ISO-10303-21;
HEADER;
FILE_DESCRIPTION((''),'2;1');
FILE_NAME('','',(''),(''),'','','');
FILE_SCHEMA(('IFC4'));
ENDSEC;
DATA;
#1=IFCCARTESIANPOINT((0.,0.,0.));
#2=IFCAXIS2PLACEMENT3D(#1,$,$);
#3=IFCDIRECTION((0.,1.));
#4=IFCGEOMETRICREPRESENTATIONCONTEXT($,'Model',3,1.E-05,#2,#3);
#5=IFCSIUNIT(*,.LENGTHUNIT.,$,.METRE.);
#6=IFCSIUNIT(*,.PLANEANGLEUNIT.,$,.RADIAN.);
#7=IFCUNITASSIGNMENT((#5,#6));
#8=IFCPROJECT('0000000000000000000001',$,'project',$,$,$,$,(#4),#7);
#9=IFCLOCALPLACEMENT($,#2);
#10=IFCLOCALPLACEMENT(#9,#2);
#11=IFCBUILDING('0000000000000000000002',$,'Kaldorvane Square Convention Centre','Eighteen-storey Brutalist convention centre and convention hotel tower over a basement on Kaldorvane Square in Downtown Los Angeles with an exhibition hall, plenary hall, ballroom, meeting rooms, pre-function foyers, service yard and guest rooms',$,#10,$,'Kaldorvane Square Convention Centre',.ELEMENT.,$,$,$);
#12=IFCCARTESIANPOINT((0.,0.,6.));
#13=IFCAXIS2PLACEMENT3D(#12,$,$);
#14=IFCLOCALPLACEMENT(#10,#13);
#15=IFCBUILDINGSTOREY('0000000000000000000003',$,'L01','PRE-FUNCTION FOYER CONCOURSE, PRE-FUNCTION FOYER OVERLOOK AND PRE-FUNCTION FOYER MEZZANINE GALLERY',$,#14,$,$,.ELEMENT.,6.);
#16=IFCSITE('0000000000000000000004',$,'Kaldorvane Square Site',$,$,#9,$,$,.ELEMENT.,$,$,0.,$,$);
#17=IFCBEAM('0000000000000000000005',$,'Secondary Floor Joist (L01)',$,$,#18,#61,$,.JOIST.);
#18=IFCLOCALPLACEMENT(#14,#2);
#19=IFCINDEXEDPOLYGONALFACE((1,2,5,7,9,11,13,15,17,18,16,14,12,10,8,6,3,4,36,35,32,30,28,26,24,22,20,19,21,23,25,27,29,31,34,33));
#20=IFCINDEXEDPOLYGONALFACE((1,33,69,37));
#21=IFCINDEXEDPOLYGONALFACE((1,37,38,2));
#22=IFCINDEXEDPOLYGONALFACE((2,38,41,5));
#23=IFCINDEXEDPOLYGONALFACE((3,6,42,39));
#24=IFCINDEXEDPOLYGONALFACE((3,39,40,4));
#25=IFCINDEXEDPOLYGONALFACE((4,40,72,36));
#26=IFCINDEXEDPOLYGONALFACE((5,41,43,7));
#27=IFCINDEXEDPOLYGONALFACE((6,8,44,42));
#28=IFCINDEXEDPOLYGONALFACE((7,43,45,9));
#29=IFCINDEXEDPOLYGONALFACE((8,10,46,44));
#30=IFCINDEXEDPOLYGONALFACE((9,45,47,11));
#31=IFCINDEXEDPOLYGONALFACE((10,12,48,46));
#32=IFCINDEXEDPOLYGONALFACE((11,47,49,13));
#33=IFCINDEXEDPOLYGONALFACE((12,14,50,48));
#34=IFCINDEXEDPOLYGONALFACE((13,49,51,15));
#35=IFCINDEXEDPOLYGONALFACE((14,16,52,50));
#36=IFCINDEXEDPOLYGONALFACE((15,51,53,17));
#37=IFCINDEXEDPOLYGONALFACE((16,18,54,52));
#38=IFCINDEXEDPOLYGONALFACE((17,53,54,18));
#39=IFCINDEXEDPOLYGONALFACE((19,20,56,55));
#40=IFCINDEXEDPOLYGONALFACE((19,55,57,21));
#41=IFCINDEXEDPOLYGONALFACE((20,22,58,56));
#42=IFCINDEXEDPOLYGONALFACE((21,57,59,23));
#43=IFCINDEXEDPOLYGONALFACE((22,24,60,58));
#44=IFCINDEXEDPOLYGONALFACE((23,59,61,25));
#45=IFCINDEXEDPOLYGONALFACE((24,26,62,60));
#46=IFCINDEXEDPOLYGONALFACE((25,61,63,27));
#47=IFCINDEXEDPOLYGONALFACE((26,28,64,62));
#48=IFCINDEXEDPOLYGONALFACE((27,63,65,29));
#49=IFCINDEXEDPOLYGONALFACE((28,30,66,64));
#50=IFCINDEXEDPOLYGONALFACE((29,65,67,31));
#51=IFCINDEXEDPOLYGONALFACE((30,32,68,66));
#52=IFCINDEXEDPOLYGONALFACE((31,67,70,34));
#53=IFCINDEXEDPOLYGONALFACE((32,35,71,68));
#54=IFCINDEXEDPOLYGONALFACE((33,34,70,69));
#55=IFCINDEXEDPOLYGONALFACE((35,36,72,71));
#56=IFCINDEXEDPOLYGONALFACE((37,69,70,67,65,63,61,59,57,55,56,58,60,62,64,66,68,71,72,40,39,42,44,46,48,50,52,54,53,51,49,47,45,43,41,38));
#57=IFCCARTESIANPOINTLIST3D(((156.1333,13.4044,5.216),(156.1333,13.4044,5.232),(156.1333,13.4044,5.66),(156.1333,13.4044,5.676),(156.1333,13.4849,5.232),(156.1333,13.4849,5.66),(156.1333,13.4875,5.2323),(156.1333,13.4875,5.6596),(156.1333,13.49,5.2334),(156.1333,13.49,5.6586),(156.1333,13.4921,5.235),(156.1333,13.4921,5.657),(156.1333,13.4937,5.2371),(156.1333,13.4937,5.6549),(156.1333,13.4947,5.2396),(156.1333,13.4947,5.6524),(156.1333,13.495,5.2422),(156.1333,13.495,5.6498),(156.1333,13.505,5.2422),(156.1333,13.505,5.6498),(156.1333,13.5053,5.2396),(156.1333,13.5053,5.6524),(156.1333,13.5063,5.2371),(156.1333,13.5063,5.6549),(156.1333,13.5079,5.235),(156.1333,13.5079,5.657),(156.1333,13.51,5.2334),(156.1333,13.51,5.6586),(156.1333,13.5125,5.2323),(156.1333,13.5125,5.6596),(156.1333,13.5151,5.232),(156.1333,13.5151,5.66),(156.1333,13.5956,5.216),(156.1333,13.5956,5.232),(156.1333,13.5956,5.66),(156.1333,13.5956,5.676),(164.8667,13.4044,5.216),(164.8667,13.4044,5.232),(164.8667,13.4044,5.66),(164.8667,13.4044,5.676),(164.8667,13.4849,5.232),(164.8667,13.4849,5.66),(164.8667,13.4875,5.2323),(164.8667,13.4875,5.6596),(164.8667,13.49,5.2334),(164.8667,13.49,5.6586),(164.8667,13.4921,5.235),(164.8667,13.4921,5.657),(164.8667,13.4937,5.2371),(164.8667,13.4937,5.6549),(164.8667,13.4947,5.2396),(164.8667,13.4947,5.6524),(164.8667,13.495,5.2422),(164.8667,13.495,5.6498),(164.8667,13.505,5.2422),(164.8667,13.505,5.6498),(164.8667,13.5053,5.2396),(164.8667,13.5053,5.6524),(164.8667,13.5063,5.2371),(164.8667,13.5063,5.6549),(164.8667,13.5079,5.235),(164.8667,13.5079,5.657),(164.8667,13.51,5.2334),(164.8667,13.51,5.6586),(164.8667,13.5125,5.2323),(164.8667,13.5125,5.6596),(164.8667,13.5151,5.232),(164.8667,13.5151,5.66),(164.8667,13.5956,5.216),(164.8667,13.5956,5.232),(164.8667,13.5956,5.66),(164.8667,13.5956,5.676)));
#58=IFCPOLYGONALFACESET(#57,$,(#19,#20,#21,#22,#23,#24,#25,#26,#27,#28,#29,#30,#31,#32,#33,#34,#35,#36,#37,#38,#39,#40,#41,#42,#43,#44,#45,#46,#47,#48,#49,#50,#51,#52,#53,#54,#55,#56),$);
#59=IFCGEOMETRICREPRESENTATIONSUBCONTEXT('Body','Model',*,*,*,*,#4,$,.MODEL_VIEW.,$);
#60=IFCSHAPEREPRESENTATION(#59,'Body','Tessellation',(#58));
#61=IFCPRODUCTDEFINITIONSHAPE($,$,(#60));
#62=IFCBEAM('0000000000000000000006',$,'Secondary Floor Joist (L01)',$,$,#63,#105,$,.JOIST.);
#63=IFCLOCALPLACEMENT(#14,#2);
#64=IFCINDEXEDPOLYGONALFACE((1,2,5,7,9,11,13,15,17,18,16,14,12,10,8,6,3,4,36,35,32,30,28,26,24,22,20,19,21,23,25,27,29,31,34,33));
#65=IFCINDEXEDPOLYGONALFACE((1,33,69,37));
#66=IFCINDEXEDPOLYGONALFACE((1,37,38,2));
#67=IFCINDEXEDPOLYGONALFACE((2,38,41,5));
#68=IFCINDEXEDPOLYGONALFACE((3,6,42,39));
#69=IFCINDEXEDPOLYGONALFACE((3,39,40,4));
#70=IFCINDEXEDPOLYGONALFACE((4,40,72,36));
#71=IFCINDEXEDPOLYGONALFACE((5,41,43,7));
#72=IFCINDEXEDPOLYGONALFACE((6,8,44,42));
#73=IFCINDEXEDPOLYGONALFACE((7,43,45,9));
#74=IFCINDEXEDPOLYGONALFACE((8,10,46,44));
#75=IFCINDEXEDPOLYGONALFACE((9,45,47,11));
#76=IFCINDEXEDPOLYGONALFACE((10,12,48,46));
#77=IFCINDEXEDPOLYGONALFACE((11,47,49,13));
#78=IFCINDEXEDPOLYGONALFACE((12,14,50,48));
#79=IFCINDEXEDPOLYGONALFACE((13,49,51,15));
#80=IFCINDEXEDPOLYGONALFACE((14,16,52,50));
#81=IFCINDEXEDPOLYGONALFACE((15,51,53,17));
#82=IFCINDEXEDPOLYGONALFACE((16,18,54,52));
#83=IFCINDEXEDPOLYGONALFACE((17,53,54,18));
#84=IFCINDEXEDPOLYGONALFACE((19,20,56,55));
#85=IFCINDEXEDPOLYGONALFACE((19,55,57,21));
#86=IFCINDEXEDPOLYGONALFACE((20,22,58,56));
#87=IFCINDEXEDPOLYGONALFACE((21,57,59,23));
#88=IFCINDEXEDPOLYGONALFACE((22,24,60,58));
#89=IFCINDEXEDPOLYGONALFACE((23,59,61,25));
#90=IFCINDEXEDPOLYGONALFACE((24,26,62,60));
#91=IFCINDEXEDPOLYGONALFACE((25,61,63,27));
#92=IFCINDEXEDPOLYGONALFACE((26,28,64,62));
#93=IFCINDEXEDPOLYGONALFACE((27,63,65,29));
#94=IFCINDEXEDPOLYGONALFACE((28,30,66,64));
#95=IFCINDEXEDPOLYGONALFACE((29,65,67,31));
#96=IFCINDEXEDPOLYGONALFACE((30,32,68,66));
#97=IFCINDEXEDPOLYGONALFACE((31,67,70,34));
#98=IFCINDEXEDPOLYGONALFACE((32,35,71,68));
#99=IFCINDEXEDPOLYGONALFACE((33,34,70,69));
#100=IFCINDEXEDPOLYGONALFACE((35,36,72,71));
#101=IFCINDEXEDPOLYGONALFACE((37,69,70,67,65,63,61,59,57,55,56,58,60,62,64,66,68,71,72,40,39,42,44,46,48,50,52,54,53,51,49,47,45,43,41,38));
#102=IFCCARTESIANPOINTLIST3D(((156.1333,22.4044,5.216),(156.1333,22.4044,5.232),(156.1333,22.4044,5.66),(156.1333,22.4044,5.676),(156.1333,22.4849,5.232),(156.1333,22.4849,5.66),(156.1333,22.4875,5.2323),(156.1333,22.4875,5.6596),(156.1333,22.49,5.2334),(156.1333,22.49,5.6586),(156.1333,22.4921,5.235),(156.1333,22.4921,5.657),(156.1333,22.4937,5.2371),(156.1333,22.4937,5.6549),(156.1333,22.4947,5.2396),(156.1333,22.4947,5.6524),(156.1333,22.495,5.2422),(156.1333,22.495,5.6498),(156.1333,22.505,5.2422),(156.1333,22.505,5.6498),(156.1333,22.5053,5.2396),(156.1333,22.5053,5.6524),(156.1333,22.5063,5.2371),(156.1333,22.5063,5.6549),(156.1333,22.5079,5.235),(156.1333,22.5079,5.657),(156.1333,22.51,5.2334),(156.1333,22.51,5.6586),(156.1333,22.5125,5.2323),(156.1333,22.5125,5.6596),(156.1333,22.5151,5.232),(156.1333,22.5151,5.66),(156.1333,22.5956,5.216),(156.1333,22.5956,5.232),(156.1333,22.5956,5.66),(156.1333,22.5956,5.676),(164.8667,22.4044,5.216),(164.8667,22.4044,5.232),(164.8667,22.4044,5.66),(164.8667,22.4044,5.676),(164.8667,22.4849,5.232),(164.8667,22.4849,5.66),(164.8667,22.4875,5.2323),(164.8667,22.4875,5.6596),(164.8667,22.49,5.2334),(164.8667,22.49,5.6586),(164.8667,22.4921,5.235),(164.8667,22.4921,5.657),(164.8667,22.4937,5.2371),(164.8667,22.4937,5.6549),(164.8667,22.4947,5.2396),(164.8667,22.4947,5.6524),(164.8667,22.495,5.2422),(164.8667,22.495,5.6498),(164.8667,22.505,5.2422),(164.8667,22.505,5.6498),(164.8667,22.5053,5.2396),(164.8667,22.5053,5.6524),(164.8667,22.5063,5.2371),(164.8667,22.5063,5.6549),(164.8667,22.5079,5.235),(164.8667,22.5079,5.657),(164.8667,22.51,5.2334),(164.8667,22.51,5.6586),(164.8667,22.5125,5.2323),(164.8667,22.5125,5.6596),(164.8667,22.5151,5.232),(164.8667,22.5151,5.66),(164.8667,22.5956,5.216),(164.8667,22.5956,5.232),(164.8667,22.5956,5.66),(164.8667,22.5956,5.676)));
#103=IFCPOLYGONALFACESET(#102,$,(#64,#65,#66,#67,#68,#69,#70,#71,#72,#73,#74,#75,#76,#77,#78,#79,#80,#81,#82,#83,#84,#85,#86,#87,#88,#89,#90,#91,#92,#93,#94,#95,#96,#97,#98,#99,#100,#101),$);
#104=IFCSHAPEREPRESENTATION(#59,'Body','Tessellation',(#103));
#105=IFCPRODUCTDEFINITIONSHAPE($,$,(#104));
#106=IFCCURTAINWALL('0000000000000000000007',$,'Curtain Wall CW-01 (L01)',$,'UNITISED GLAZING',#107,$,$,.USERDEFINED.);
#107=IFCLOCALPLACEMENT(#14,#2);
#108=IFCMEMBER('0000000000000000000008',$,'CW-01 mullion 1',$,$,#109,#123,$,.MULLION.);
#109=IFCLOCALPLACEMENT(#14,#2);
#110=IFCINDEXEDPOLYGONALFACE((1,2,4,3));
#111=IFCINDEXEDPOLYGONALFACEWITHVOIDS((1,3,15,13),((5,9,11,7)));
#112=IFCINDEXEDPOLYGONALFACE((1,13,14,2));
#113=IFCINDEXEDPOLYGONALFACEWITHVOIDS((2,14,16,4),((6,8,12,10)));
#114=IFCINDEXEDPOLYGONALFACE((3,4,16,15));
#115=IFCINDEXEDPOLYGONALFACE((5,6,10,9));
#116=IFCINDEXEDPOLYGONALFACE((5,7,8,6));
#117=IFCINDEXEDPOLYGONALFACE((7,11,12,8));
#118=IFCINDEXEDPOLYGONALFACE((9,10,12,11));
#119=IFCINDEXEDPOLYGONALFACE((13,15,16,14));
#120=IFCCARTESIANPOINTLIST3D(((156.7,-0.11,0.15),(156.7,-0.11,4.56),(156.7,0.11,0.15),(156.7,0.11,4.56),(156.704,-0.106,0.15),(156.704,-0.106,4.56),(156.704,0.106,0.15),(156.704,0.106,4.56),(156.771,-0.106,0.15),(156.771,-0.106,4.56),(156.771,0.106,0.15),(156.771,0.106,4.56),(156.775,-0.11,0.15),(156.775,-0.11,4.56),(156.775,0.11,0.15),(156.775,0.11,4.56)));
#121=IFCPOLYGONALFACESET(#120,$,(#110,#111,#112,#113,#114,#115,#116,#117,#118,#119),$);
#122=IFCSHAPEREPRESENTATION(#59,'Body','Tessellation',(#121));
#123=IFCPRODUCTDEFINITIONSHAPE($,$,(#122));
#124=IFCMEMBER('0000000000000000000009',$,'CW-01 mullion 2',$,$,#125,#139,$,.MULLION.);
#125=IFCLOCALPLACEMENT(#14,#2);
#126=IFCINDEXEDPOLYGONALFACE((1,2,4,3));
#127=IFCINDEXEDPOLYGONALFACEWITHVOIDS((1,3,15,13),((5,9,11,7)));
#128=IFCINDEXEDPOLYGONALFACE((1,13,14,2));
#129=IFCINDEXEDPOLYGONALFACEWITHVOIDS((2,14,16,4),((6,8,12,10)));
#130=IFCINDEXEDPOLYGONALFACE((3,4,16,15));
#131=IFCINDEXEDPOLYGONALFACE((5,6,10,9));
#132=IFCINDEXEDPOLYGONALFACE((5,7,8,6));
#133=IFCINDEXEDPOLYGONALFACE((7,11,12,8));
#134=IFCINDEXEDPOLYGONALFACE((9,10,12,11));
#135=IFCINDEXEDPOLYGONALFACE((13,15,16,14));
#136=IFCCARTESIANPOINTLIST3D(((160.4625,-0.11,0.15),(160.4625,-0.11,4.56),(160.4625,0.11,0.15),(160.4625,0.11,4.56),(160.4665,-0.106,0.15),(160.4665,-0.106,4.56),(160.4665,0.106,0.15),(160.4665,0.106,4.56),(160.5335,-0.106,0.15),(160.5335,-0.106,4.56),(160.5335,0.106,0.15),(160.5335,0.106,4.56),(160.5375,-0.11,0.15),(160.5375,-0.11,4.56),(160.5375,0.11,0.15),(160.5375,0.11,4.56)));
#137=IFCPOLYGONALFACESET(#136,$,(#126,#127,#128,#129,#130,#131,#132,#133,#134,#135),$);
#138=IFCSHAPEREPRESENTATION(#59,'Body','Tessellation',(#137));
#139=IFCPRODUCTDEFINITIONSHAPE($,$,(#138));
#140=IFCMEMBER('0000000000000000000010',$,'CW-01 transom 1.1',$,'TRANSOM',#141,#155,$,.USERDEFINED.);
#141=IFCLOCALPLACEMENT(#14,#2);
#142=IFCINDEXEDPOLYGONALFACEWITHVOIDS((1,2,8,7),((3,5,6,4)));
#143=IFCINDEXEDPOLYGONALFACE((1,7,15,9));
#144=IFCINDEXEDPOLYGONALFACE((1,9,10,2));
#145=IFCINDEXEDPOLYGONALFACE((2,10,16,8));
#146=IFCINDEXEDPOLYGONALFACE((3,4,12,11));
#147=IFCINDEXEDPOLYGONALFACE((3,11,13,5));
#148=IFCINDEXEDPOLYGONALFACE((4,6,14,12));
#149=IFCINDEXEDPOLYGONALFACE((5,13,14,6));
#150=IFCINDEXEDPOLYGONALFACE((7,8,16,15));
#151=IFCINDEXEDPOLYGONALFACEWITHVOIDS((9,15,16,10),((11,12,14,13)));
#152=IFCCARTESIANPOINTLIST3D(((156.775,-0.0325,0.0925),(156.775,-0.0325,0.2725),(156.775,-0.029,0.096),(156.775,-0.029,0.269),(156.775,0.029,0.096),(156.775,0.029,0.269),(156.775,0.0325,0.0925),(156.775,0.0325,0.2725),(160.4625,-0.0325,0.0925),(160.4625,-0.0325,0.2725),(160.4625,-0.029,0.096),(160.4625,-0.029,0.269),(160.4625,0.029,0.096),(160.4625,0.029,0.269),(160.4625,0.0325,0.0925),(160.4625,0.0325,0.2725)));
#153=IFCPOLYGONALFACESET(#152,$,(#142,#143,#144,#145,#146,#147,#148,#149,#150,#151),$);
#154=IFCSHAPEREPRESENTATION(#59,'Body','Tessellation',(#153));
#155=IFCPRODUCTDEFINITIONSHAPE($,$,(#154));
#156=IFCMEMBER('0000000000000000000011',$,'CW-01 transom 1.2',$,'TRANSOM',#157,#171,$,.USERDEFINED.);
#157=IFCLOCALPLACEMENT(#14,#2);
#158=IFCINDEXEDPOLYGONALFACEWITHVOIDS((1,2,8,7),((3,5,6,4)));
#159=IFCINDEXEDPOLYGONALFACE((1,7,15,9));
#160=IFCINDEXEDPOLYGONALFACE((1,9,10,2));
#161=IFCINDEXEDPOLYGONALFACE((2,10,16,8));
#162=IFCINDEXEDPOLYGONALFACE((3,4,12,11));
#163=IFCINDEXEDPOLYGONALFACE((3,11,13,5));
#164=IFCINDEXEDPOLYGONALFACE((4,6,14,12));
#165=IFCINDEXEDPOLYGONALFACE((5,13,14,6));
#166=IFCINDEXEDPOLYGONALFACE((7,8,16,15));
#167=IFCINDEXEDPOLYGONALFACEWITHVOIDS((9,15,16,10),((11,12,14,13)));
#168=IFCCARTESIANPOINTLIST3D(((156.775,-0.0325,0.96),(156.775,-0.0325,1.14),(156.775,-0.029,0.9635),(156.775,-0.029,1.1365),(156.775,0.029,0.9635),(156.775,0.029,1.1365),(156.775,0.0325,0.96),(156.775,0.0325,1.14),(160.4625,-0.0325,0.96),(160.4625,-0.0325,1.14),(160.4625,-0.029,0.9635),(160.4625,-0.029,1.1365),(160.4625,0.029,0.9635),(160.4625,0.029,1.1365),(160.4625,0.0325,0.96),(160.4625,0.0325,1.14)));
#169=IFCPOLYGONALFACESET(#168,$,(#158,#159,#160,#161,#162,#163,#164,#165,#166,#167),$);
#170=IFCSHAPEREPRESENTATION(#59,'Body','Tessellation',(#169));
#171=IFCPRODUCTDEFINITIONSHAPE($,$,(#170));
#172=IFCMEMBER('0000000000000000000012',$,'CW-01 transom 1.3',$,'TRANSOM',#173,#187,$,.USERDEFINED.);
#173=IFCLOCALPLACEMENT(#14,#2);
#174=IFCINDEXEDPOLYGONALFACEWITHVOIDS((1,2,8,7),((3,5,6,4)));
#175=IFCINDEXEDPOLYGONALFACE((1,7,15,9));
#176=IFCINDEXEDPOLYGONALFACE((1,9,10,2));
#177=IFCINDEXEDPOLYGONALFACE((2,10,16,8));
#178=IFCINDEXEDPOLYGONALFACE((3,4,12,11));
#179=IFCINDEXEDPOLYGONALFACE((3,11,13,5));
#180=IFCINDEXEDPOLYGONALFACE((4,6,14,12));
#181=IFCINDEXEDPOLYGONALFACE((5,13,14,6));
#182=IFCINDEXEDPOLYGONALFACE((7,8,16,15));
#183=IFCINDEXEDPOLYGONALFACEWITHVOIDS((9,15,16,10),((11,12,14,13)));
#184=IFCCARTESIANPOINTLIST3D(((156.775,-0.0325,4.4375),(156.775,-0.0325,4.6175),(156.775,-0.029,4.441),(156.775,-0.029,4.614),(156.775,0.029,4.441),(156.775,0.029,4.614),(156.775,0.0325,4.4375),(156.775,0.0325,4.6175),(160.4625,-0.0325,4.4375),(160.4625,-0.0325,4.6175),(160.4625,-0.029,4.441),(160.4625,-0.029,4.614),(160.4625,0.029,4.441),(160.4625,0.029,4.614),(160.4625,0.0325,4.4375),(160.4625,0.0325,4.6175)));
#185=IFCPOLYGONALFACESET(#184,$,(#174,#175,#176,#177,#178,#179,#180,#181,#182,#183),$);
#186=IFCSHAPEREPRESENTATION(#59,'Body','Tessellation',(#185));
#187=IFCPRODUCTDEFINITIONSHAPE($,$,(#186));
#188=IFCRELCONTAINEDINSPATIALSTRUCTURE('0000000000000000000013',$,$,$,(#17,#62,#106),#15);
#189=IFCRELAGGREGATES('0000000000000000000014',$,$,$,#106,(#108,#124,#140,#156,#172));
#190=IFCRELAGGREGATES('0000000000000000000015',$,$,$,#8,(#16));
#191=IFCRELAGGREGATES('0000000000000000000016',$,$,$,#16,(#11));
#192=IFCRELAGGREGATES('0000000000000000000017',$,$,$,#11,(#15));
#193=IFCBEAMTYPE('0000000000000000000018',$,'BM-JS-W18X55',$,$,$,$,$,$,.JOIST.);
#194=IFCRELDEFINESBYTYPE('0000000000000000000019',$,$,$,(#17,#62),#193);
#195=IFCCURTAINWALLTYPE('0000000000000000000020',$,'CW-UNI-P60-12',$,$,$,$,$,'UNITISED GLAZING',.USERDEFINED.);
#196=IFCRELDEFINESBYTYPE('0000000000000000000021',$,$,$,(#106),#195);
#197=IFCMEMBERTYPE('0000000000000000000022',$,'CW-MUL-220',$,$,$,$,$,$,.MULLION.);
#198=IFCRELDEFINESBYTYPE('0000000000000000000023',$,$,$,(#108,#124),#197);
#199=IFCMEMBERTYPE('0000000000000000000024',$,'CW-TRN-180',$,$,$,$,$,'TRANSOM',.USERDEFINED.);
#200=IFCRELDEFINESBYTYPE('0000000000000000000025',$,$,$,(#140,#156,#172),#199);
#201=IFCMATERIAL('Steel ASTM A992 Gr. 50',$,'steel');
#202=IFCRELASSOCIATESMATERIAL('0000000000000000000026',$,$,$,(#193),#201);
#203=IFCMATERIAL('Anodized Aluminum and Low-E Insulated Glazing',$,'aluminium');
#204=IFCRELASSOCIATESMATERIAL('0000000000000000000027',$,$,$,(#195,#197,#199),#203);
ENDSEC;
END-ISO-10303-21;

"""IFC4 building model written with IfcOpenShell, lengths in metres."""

from ifc_helpers import new_model, si_unit, direction, frame, origin, origin_2d, place, context, subcontext, project, spatial, hollow_rectangle, i_section, extrude, material, material_profile, profile_set, type_object, element, aggregate, save


model = new_model("IFC4")

# Units and contexts
model_context = context("Model", 3, precision=1e-05, world=origin(), true_north=direction((0.0, 1.0)))
body_context = subcontext(model_context, "Body", "Model", "MODEL_VIEW")
ifc_project = project(units=[si_unit("LENGTHUNIT", "METRE"), si_unit("PLANEANGLEUNIT", "RADIAN")], contexts=[model_context])

# Site, building, storey
site_placement = place(None, origin())
site = spatial("IfcSite", under=ifc_project, at=site_placement, Name="Kaldorvane Square Site", CompositionType="ELEMENT", RefElevation=0.0)
building_placement = place(site_placement, origin())
building = spatial("IfcBuilding", under=site, at=building_placement, Name="Kaldorvane Square Convention Centre", Description="Eighteen-storey Brutalist convention centre and convention hotel tower over a basement on Kaldorvane Square in Downtown Los Angeles with an exhibition hall, plenary hall, ballroom, meeting rooms, pre-function foyers, service yard and guest rooms", LongName="Kaldorvane Square Convention Centre", CompositionType="ELEMENT")
storey_placement = place(building_placement, frame((0.0, 0.0, 6.0)))
storey = spatial("IfcBuildingStorey", under=building, at=storey_placement, Name="L01", Description="PRE-FUNCTION FOYER CONCOURSE, PRE-FUNCTION FOYER OVERLOOK AND PRE-FUNCTION FOYER MEZZANINE GALLERY", CompositionType="ELEMENT", Elevation=6.0)

# Shared definitions
ifc_material_1 = material(Name="Steel ASTM A992 Gr. 50", Category="steel")

# Beams
ifc_material_profile_1 = material_profile(ifc_material_1, i_section(OverallWidth=0.1913, OverallDepth=0.46, WebThickness=0.0099, FlangeThickness=0.016, FilletRadius=0.0102, at=origin_2d()), Name="W18X55")
ifc_profile_set_1 = profile_set([ifc_material_profile_1], Name="Steel ASTM A992 Gr. 50")
beam_type_1 = type_object("IfcBeamType", Name="BM-JS-W18X55", PredefinedType="JOIST", material=ifc_profile_set_1)
for number, where, z_axis, x_axis, name in (
    (1, (156.1333, 13.5, 5.446), (1.0, 0.0, 0.0), (0.0, 1.0, 0.0), "Secondary Floor Joist (L01)"),
    (2, (156.1333, 22.5, 5.446), (1.0, 0.0, 0.0), (0.0, 1.0, 0.0), "Secondary Floor Joist (L01)"),
):
    element("IfcBeam", number, at=place(storey_placement, frame(where, z_axis=z_axis, x_axis=x_axis)), inside=storey, type_object=beam_type_1, Name=name, PredefinedType="JOIST", context=body_context, shape_type="SweptSolid", body=[
        extrude(i_section(OverallWidth=0.1913, OverallDepth=0.46, WebThickness=0.0099, FlangeThickness=0.016, FilletRadius=0.0102, at=origin_2d()), origin(), (0.0, 0.0, 1.0), 8.7334),
    ])

# Curtain wall, members
ifc_material_2 = material(Name="Anodized Aluminum and Low-E Insulated Glazing", Category="aluminium")
curtain_wall_type = type_object("IfcCurtainWallType", Name="CW-UNI-P60-12", ElementType="UNITISED GLAZING", PredefinedType="USERDEFINED", material=ifc_material_2)
curtain_wall_placement = place(storey_placement, origin())
curtain_wall = element("IfcCurtainWall", 3, at=curtain_wall_placement, inside=storey, type_object=curtain_wall_type, Name="Curtain Wall CW-01 (L01)", ObjectType="UNITISED GLAZING", PredefinedType="USERDEFINED")
ifc_material_profile_2 = material_profile(ifc_material_2, hollow_rectangle(XDim=0.075, YDim=0.22, WallThickness=0.004, at=origin_2d()), Name="CWM-220X75")
ifc_profile_set_2 = profile_set([ifc_material_profile_2], Name="Anodized Aluminum and Low-E Insulated Glazing")
member_type_1 = type_object("IfcMemberType", Name="CW-MUL-220", PredefinedType="MULLION", material=ifc_profile_set_2)
member_1_placement = place(storey_placement, frame((156.7375, 0.0, 0.15), z_axis=(0.0, 0.0, 1.0), x_axis=(1.0, 0.0, 0.0)))
member_1 = element("IfcMember", 4, at=member_1_placement, type_object=member_type_1, Name="CW-01 mullion 1", PredefinedType="MULLION", context=body_context, shape_type="SweptSolid", body=[
    extrude(hollow_rectangle(XDim=0.075, YDim=0.22, WallThickness=0.004, at=origin_2d()), origin(), (0.0, 0.0, 1.0), 4.41),
])
member_2_placement = place(storey_placement, frame((160.5, 0.0, 0.15), z_axis=(0.0, 0.0, 1.0), x_axis=(1.0, 0.0, 0.0)))
member_2 = element("IfcMember", 5, at=member_2_placement, type_object=member_type_1, Name="CW-01 mullion 2", PredefinedType="MULLION", context=body_context, shape_type="SweptSolid", body=[
    extrude(hollow_rectangle(XDim=0.075, YDim=0.22, WallThickness=0.004, at=origin_2d()), origin(), (0.0, 0.0, 1.0), 4.41),
])
ifc_material_profile_3 = material_profile(ifc_material_2, hollow_rectangle(XDim=0.065, YDim=0.18, WallThickness=0.0035, at=origin_2d()), Name="CWT-180X65")
ifc_profile_set_3 = profile_set([ifc_material_profile_3], Name="Anodized Aluminum and Low-E Insulated Glazing")
member_type_2 = type_object("IfcMemberType", Name="CW-TRN-180", ElementType="TRANSOM", PredefinedType="USERDEFINED", material=ifc_profile_set_3)
member_3_placement = place(storey_placement, frame((156.775, 0.0, 0.1825), z_axis=(1.0, 0.0, 0.0), x_axis=(0.0, 1.0, 0.0)))
member_3 = element("IfcMember", 6, at=member_3_placement, type_object=member_type_2, Name="CW-01 transom 1.1", ObjectType="TRANSOM", PredefinedType="USERDEFINED", context=body_context, shape_type="SweptSolid", body=[
    extrude(hollow_rectangle(XDim=0.065, YDim=0.18, WallThickness=0.0035, at=origin_2d()), origin(), (0.0, 0.0, 1.0), 3.6875),
])
member_4_placement = place(storey_placement, frame((156.775, 0.0, 1.05), z_axis=(1.0, 0.0, 0.0), x_axis=(0.0, 1.0, 0.0)))
member_4 = element("IfcMember", 7, at=member_4_placement, type_object=member_type_2, Name="CW-01 transom 1.2", ObjectType="TRANSOM", PredefinedType="USERDEFINED", context=body_context, shape_type="SweptSolid", body=[
    extrude(hollow_rectangle(XDim=0.065, YDim=0.18, WallThickness=0.0035, at=origin_2d()), origin(), (0.0, 0.0, 1.0), 3.6875),
])
member_5_placement = place(storey_placement, frame((156.775, 0.0, 4.5275), z_axis=(1.0, 0.0, 0.0), x_axis=(0.0, 1.0, 0.0)))
member_5 = element("IfcMember", 8, at=member_5_placement, type_object=member_type_2, Name="CW-01 transom 1.3", ObjectType="TRANSOM", PredefinedType="USERDEFINED", context=body_context, shape_type="SweptSolid", body=[
    extrude(hollow_rectangle(XDim=0.065, YDim=0.18, WallThickness=0.0035, at=origin_2d()), origin(), (0.0, 0.0, 1.0), 3.6875),
])
aggregate(curtain_wall, [member_1, member_2, member_3, member_4, member_5])

save(model, "model.ifc")
